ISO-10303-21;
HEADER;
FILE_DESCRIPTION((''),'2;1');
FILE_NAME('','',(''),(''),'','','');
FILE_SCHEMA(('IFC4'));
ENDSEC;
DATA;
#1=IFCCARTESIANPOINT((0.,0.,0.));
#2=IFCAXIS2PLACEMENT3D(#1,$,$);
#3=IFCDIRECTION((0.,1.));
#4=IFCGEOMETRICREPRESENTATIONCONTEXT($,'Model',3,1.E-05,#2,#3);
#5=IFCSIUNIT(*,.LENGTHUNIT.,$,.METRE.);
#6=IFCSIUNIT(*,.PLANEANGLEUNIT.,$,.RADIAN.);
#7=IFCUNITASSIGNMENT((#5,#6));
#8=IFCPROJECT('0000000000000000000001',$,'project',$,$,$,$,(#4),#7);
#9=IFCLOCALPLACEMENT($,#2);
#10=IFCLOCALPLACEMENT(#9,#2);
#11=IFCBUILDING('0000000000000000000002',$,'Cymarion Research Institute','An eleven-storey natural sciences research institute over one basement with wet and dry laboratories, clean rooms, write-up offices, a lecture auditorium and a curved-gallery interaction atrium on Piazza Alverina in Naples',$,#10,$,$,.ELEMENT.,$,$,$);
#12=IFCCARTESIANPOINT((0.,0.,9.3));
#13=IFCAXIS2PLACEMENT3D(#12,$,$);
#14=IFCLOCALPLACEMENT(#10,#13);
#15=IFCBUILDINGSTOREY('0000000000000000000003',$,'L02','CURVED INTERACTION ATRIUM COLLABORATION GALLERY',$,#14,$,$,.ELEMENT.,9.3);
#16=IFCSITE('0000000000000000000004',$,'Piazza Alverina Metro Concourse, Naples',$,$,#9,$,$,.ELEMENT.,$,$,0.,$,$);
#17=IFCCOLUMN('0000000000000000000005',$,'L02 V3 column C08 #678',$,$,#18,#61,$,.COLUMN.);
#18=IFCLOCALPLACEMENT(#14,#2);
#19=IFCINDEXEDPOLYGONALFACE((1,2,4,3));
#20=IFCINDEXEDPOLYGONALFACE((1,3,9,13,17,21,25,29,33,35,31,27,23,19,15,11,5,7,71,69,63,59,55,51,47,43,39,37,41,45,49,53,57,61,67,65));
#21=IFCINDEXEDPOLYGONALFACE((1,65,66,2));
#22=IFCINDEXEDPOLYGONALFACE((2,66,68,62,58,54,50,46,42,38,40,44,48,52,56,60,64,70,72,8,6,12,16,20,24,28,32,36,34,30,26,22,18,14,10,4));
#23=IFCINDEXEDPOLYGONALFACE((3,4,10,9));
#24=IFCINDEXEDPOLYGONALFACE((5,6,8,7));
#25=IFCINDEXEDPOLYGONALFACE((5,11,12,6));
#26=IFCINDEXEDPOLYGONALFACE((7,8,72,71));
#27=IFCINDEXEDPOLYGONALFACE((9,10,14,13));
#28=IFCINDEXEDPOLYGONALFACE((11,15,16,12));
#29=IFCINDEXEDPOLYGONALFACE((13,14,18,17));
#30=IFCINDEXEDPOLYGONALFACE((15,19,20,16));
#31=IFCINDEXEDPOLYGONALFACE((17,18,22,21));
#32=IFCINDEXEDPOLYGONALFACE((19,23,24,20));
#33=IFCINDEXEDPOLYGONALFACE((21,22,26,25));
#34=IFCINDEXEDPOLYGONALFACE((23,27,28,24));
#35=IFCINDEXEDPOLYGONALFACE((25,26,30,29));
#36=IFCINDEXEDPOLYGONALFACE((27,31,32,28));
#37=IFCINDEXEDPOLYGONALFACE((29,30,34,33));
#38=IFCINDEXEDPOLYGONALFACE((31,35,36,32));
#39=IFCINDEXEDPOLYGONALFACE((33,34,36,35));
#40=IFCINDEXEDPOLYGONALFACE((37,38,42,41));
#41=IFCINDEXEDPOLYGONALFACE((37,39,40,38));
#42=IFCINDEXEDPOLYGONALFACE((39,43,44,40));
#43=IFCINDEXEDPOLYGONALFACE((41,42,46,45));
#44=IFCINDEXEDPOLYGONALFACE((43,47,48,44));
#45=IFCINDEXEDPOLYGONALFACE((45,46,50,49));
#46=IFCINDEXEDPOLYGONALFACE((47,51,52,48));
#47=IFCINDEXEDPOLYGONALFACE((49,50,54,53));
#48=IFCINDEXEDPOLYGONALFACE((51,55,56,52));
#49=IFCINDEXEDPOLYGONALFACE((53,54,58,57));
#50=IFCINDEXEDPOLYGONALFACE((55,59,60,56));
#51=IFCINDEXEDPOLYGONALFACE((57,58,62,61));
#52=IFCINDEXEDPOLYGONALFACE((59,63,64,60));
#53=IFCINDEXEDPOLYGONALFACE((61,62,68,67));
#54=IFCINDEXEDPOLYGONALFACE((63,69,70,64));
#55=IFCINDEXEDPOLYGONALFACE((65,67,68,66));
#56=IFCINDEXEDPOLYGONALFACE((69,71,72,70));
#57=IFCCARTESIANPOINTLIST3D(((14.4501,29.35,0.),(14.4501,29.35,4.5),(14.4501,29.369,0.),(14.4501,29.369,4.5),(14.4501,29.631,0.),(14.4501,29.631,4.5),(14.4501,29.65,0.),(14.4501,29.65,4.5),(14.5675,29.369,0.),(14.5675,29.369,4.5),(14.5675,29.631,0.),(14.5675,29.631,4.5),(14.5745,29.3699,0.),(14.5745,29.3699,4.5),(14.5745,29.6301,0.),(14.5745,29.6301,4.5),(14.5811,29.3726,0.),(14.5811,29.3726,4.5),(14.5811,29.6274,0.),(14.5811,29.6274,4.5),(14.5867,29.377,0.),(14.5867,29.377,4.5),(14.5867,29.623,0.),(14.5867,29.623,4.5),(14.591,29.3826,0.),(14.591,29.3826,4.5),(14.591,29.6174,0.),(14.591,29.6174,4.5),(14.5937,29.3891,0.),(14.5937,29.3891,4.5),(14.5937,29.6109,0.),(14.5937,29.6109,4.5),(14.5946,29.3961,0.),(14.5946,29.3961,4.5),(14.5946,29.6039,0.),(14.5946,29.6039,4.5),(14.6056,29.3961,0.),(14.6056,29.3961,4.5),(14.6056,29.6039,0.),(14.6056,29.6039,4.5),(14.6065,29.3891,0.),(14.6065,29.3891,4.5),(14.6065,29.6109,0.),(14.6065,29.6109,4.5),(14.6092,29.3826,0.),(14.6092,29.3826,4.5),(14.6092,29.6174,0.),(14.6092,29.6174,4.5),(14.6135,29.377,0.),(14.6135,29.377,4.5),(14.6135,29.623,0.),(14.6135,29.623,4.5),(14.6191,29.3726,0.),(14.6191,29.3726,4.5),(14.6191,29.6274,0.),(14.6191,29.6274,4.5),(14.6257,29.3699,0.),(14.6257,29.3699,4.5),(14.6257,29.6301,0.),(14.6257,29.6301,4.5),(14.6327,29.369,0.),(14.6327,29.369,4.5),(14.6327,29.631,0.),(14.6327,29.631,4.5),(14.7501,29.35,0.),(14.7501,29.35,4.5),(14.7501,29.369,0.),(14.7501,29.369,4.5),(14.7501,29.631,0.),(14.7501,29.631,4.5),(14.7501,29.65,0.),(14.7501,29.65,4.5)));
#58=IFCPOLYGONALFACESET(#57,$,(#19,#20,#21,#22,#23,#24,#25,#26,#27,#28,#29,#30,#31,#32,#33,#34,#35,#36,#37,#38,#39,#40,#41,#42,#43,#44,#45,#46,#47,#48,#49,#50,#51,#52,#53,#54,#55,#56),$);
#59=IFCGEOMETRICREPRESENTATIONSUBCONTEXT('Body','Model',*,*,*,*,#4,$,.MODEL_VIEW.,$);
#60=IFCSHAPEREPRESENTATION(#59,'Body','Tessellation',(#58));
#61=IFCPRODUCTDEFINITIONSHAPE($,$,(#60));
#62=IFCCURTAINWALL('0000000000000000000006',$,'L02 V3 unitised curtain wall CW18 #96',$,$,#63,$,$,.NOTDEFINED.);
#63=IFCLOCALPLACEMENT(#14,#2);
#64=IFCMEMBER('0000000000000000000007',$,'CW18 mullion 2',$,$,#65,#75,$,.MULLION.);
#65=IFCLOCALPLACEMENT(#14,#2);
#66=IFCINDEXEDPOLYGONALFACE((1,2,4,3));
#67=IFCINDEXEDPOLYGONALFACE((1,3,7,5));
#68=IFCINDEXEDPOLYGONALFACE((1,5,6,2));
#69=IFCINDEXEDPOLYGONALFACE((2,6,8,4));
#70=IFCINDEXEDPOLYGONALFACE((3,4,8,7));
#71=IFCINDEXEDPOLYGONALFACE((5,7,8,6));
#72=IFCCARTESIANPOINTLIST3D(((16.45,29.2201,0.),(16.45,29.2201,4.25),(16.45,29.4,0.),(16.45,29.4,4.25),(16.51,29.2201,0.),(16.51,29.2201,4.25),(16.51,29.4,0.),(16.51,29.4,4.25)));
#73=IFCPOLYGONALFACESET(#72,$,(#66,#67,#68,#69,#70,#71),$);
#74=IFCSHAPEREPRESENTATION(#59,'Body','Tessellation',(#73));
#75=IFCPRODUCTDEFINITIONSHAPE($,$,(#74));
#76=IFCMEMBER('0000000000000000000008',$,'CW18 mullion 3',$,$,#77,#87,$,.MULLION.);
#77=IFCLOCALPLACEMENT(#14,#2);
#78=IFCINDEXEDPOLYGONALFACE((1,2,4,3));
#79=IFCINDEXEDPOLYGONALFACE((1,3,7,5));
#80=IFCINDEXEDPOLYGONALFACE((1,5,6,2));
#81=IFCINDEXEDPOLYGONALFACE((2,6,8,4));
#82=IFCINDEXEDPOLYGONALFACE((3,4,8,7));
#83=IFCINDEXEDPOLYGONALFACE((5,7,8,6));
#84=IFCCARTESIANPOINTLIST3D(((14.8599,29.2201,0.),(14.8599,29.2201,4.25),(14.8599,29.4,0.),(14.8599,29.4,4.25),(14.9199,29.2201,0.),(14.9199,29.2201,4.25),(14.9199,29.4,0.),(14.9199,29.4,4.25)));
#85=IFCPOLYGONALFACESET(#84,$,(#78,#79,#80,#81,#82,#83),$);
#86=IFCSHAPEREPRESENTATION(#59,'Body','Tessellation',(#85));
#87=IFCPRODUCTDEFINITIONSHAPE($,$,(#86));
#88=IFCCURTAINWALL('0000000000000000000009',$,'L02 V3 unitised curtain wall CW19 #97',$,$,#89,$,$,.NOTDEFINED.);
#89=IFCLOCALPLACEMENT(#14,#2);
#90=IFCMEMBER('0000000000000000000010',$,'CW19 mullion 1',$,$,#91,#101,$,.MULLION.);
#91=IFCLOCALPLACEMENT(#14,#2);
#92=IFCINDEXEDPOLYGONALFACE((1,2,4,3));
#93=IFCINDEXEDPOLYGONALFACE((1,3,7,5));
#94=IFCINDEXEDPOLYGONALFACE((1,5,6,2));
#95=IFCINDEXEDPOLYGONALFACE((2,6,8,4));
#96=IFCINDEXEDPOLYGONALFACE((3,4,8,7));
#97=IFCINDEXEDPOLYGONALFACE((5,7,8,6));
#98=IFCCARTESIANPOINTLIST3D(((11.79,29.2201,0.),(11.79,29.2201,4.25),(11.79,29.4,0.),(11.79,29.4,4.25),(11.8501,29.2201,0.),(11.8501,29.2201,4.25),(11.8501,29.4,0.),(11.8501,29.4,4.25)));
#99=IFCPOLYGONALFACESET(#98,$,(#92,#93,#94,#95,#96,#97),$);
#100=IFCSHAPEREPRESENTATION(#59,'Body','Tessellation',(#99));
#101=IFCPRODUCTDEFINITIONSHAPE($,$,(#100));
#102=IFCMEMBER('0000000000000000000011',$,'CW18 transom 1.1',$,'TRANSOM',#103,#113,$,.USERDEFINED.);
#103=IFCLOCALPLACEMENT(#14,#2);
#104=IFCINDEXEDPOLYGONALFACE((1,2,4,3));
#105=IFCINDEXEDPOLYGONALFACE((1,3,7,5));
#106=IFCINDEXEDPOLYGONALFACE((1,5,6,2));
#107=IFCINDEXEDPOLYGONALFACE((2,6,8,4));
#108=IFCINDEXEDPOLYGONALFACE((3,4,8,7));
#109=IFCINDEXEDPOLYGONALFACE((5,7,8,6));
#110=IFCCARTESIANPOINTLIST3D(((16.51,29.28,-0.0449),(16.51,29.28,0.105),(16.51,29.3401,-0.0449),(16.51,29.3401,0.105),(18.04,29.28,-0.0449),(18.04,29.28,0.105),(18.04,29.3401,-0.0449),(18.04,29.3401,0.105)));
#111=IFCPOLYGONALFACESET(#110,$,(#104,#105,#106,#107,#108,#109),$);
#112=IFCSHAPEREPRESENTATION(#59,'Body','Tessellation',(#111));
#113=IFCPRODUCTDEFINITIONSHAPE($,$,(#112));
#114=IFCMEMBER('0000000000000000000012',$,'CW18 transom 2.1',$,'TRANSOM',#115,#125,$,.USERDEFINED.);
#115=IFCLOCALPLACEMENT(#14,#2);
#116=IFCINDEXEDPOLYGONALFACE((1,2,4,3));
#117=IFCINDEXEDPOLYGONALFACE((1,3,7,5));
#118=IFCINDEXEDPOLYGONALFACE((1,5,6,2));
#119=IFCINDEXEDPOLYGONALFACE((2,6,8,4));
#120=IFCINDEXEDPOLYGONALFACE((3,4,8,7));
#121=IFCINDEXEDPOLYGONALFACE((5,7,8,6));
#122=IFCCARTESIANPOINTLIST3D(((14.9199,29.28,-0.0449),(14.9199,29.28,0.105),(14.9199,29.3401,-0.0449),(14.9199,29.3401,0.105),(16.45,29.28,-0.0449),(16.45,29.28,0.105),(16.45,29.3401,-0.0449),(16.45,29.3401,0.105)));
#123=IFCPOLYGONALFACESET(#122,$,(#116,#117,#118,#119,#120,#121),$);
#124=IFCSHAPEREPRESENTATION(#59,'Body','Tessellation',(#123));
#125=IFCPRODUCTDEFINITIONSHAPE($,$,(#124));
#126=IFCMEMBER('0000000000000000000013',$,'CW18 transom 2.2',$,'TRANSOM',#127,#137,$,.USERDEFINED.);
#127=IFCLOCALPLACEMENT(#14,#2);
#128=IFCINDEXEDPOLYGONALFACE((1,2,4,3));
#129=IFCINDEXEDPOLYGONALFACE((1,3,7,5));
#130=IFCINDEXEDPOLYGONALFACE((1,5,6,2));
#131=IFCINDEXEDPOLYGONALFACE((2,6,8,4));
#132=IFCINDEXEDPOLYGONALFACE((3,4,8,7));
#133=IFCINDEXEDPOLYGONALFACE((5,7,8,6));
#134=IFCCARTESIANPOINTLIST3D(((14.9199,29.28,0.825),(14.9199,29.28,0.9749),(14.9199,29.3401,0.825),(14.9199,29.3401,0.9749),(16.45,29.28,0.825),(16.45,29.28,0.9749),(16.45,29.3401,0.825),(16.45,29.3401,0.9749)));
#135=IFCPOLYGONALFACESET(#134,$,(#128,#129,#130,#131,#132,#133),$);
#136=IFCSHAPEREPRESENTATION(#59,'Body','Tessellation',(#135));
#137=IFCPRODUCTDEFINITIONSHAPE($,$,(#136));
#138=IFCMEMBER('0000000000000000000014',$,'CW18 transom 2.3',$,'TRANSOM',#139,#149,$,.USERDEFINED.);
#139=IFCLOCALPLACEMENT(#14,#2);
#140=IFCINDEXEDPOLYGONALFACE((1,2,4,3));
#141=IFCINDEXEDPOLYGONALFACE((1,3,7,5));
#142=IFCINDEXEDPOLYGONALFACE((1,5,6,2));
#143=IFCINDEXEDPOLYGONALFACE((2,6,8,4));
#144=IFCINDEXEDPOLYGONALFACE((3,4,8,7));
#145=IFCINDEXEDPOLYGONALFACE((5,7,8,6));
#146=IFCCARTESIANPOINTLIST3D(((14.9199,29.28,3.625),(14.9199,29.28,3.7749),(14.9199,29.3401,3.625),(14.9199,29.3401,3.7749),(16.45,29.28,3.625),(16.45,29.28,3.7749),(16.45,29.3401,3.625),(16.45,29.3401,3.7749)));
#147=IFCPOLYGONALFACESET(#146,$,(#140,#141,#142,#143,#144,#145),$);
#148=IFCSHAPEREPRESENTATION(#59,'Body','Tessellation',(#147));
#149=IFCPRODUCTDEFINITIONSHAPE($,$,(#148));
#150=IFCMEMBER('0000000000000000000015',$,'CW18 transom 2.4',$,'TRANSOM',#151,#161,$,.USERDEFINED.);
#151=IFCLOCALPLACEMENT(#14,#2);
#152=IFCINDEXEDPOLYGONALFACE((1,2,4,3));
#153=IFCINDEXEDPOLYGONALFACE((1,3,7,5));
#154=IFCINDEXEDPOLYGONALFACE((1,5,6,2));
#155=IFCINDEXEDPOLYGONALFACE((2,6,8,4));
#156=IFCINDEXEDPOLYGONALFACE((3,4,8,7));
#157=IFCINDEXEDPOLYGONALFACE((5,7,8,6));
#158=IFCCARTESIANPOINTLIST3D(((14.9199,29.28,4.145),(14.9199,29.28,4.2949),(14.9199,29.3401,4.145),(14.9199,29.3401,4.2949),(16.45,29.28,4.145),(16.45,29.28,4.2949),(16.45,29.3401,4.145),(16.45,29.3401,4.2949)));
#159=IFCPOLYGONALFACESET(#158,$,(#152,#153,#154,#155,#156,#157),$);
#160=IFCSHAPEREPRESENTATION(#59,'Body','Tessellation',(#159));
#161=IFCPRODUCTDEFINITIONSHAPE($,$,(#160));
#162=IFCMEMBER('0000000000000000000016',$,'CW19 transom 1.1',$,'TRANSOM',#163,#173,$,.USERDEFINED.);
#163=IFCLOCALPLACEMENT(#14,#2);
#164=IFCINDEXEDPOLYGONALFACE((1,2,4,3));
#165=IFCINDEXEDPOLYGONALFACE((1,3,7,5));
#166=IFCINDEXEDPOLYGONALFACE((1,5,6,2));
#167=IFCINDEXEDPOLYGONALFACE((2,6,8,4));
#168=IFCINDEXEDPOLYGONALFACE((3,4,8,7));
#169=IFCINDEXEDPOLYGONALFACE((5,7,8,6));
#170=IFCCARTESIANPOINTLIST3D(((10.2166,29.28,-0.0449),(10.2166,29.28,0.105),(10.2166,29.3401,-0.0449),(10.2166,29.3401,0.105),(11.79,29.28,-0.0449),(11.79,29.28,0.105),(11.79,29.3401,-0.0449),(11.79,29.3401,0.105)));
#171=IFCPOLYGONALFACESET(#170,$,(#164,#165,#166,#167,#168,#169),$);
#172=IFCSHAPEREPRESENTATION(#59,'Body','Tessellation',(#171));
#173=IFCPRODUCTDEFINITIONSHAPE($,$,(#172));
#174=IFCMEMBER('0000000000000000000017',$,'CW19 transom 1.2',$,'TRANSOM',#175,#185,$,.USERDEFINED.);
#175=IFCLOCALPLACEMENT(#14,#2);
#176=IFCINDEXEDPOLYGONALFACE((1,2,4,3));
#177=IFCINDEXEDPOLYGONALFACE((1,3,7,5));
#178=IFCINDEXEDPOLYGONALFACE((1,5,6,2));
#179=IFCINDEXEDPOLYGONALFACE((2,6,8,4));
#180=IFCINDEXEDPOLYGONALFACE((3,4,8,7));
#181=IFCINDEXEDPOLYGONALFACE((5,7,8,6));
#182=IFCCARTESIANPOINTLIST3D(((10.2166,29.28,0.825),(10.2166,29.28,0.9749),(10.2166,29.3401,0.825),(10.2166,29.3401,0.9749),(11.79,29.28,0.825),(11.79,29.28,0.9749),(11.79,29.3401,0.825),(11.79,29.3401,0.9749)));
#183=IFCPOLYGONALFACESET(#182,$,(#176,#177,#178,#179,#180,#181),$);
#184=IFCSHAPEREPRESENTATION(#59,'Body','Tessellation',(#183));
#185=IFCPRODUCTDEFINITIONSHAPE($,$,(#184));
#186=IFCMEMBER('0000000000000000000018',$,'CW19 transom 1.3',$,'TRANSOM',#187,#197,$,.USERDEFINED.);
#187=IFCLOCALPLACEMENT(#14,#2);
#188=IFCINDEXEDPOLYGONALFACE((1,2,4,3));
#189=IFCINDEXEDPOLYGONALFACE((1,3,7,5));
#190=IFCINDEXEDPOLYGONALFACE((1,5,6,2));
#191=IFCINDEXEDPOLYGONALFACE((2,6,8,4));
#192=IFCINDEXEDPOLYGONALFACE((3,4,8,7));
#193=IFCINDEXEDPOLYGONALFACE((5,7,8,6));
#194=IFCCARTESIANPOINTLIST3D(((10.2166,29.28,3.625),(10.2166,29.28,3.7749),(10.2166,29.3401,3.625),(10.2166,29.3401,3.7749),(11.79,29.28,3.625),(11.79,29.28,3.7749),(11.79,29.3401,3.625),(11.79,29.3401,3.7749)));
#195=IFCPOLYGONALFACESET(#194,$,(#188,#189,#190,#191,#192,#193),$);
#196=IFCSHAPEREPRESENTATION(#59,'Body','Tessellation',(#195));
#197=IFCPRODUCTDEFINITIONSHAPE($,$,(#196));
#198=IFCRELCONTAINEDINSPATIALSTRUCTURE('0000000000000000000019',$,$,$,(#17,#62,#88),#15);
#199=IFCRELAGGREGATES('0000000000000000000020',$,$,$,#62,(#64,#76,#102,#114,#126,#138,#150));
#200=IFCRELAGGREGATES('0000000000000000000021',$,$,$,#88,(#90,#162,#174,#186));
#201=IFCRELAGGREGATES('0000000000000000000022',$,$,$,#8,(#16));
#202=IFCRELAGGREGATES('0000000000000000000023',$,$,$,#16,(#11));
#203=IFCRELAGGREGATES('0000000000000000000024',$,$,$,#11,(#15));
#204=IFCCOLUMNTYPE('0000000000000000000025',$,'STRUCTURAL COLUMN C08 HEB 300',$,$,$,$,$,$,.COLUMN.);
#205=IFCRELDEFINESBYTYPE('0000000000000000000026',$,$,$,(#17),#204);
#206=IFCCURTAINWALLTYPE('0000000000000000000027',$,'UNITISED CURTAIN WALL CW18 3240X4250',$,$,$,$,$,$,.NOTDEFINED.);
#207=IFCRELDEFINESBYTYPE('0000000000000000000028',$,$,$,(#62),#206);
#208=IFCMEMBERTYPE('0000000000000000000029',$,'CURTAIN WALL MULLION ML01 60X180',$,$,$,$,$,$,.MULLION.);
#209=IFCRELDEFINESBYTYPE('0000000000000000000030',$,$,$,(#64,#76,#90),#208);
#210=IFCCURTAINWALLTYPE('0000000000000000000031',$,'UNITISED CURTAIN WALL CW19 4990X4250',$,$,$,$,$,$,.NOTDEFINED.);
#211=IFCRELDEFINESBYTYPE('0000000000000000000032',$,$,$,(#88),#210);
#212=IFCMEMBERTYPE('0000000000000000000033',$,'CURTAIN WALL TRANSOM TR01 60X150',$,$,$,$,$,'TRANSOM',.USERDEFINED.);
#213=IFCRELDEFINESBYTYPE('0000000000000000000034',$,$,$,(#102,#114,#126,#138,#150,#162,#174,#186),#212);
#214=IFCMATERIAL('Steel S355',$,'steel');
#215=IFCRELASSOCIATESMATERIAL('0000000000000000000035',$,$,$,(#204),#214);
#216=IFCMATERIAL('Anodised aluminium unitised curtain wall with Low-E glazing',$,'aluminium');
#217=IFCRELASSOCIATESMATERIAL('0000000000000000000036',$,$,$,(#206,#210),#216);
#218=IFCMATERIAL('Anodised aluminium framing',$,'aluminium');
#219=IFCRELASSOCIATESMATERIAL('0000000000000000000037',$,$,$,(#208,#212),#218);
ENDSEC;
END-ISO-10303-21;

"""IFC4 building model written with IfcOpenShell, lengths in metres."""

from ifc_helpers import new_model, si_unit, direction, frame, origin, origin_2d, place, context, subcontext, project, spatial, rectangle, i_section, extrude, material, material_profile, profile_set, type_object, element, aggregate, save


model = new_model("IFC4")

# Units and contexts
model_context = context("Model", 3, precision=1e-05, world=origin(), true_north=direction((0.0, 1.0)))
body_context = subcontext(model_context, "Body", "Model", "MODEL_VIEW")
ifc_project = project(units=[si_unit("LENGTHUNIT", "METRE"), si_unit("PLANEANGLEUNIT", "RADIAN")], contexts=[model_context])

# Site, building, storey
site_placement = place(None, origin())
site = spatial("IfcSite", under=ifc_project, at=site_placement, Name="Piazza Alverina Metro Concourse, Naples", CompositionType="ELEMENT", RefElevation=0.0)
building_placement = place(site_placement, origin())
building = spatial("IfcBuilding", under=site, at=building_placement, Name="Cymarion Research Institute", Description="An eleven-storey natural sciences research institute over one basement with wet and dry laboratories, clean rooms, write-up offices, a lecture auditorium and a curved-gallery interaction atrium on Piazza Alverina in Naples", CompositionType="ELEMENT")
storey_placement = place(building_placement, frame((0.0, 0.0, 9.3)))
storey = spatial("IfcBuildingStorey", under=building, at=storey_placement, Name="L02", Description="CURVED INTERACTION ATRIUM COLLABORATION GALLERY", CompositionType="ELEMENT", Elevation=9.3)

# Column
ifc_material_1 = material(Name="Steel S355", Category="steel")
ifc_material_profile_1 = material_profile(ifc_material_1, i_section(OverallWidth=0.3, OverallDepth=0.3, WebThickness=0.011, FlangeThickness=0.019, FilletRadius=0.0271, at=origin_2d()), Name="HEB 300")
ifc_profile_set_1 = profile_set([ifc_material_profile_1], Name="Steel S355")
column_type = type_object("IfcColumnType", Name="STRUCTURAL COLUMN C08 HEB 300", PredefinedType="COLUMN", material=ifc_profile_set_1)
column_placement = place(storey_placement, frame((14.6001, 29.5, 0.0), z_axis=(0.0, 0.0, 1.0), x_axis=(1.0, 0.0, 0.0)))
element("IfcColumn", 1, at=column_placement, inside=storey, type_object=column_type, Name="L02 V3 column C08 #678", PredefinedType="COLUMN", context=body_context, shape_type="SweptSolid", body=[
    extrude(i_section(OverallWidth=0.3, OverallDepth=0.3, WebThickness=0.011, FlangeThickness=0.019, FilletRadius=0.0271, at=origin_2d()), origin(), (0.0, 0.0, 1.0), 4.5),
])

# Curtain wall, members
ifc_material_2 = material(Name="Anodised aluminium unitised curtain wall with Low-E glazing", Category="aluminium")
curtain_wall_type_1 = type_object("IfcCurtainWallType", Name="UNITISED CURTAIN WALL CW18 3240X4250", PredefinedType="NOTDEFINED", material=ifc_material_2)
curtain_wall_1_placement = place(storey_placement, origin())
curtain_wall_1 = element("IfcCurtainWall", 2, at=curtain_wall_1_placement, inside=storey, type_object=curtain_wall_type_1, Name="L02 V3 unitised curtain wall CW18 #96", PredefinedType="NOTDEFINED")
ifc_material_3 = material(Name="Anodised aluminium framing", Category="aluminium")
ifc_material_profile_2 = material_profile(ifc_material_3, rectangle(XDim=0.0601, YDim=0.1799, at=origin_2d()), Name="ALU MULLION 60x180")
ifc_profile_set_2 = profile_set([ifc_material_profile_2], Name="Anodised aluminium framing")
member_type_1 = type_object("IfcMemberType", Name="CURTAIN WALL MULLION ML01 60X180", PredefinedType="MULLION", material=ifc_profile_set_2)
member_1_placement = place(storey_placement, frame((16.48, 29.3101, 0.0), z_axis=(0.0, 0.0, 1.0), x_axis=(-1.0, 0.0, 0.0)))
member_1 = element("IfcMember", 3, at=member_1_placement, type_object=member_type_1, Name="CW18 mullion 2", PredefinedType="MULLION", context=body_context, shape_type="SweptSolid", body=[
    extrude(rectangle(XDim=0.0601, YDim=0.1799, at=origin_2d()), origin(), (0.0, 0.0, 1.0), 4.25),
])
member_2_placement = place(storey_placement, frame((14.8899, 29.3101, 0.0), z_axis=(0.0, 0.0, 1.0), x_axis=(-1.0, 0.0, 0.0)))
member_2 = element("IfcMember", 4, at=member_2_placement, type_object=member_type_1, Name="CW18 mullion 3", PredefinedType="MULLION", context=body_context, shape_type="SweptSolid", body=[
    extrude(rectangle(XDim=0.0601, YDim=0.1799, at=origin_2d()), origin(), (0.0, 0.0, 1.0), 4.25),
])

# Curtain wall, member
curtain_wall_type_2 = type_object("IfcCurtainWallType", Name="UNITISED CURTAIN WALL CW19 4990X4250", PredefinedType="NOTDEFINED", material=ifc_material_2)
curtain_wall_2_placement = place(storey_placement, origin())
curtain_wall_2 = element("IfcCurtainWall", 5, at=curtain_wall_2_placement, inside=storey, type_object=curtain_wall_type_2, Name="L02 V3 unitised curtain wall CW19 #97", PredefinedType="NOTDEFINED")
member_3_placement = place(storey_placement, frame((11.8201, 29.3101, 0.0), z_axis=(0.0, 0.0, 1.0), x_axis=(-1.0, 0.0, 0.0)))
member_3 = element("IfcMember", 6, at=member_3_placement, type_object=member_type_1, Name="CW19 mullion 1", PredefinedType="MULLION", context=body_context, shape_type="SweptSolid", body=[
    extrude(rectangle(XDim=0.0601, YDim=0.1799, at=origin_2d()), origin(), (0.0, 0.0, 1.0), 4.25),
])

# Members
ifc_material_profile_3 = material_profile(ifc_material_3, rectangle(XDim=0.0601, YDim=0.1499, at=origin_2d()), Name="ALU TRANSOM 60x150")
ifc_profile_set_3 = profile_set([ifc_material_profile_3], Name="Anodised aluminium framing")
member_type_2 = type_object("IfcMemberType", Name="CURTAIN WALL TRANSOM TR01 60X150", ElementType="TRANSOM", PredefinedType="USERDEFINED", material=ifc_profile_set_3)
member_4_placement = place(storey_placement, frame((18.04, 29.3101, 0.03), z_axis=(-1.0, 0.0, 0.0), x_axis=(0.0, -1.0, 0.0)))
member_4 = element("IfcMember", 7, at=member_4_placement, type_object=member_type_2, Name="CW18 transom 1.1", ObjectType="TRANSOM", PredefinedType="USERDEFINED", context=body_context, shape_type="SweptSolid", body=[
    extrude(rectangle(XDim=0.0601, YDim=0.1499, at=origin_2d()), origin(), (0.0, 0.0, 1.0), 1.53),
])
member_5_placement = place(storey_placement, frame((16.45, 29.3101, 0.03), z_axis=(-1.0, 0.0, 0.0), x_axis=(0.0, -1.0, 0.0)))
member_5 = element("IfcMember", 8, at=member_5_placement, type_object=member_type_2, Name="CW18 transom 2.1", ObjectType="TRANSOM", PredefinedType="USERDEFINED", context=body_context, shape_type="SweptSolid", body=[
    extrude(rectangle(XDim=0.0601, YDim=0.1499, at=origin_2d()), origin(), (0.0, 0.0, 1.0), 1.53),
])
member_6_placement = place(storey_placement, frame((16.45, 29.3101, 0.8999), z_axis=(-1.0, 0.0, 0.0), x_axis=(0.0, -1.0, 0.0)))
member_6 = element("IfcMember", 9, at=member_6_placement, type_object=member_type_2, Name="CW18 transom 2.2", ObjectType="TRANSOM", PredefinedType="USERDEFINED", context=body_context, shape_type="SweptSolid", body=[
    extrude(rectangle(XDim=0.0601, YDim=0.1499, at=origin_2d()), origin(), (0.0, 0.0, 1.0), 1.53),
])
member_7_placement = place(storey_placement, frame((16.45, 29.3101, 3.7), z_axis=(-1.0, 0.0, 0.0), x_axis=(0.0, -1.0, 0.0)))
member_7 = element("IfcMember", 10, at=member_7_placement, type_object=member_type_2, Name="CW18 transom 2.3", ObjectType="TRANSOM", PredefinedType="USERDEFINED", context=body_context, shape_type="SweptSolid", body=[
    extrude(rectangle(XDim=0.0601, YDim=0.1499, at=origin_2d()), origin(), (0.0, 0.0, 1.0), 1.53),
])
member_8_placement = place(storey_placement, frame((16.45, 29.3101, 4.22), z_axis=(-1.0, 0.0, 0.0), x_axis=(0.0, -1.0, 0.0)))
member_8 = element("IfcMember", 11, at=member_8_placement, type_object=member_type_2, Name="CW18 transom 2.4", ObjectType="TRANSOM", PredefinedType="USERDEFINED", context=body_context, shape_type="SweptSolid", body=[
    extrude(rectangle(XDim=0.0601, YDim=0.1499, at=origin_2d()), origin(), (0.0, 0.0, 1.0), 1.53),
])
member_9_placement = place(storey_placement, frame((11.79, 29.3101, 0.03), z_axis=(-1.0, 0.0, 0.0), x_axis=(0.0, -1.0, 0.0)))
member_9 = element("IfcMember", 12, at=member_9_placement, type_object=member_type_2, Name="CW19 transom 1.1", ObjectType="TRANSOM", PredefinedType="USERDEFINED", context=body_context, shape_type="SweptSolid", body=[
    extrude(rectangle(XDim=0.0601, YDim=0.1499, at=origin_2d()), origin(), (0.0, 0.0, 1.0), 1.5735),
])
member_10_placement = place(storey_placement, frame((11.79, 29.3101, 0.8999), z_axis=(-1.0, 0.0, 0.0), x_axis=(0.0, -1.0, 0.0)))
member_10 = element("IfcMember", 13, at=member_10_placement, type_object=member_type_2, Name="CW19 transom 1.2", ObjectType="TRANSOM", PredefinedType="USERDEFINED", context=body_context, shape_type="SweptSolid", body=[
    extrude(rectangle(XDim=0.0601, YDim=0.1499, at=origin_2d()), origin(), (0.0, 0.0, 1.0), 1.5735),
])
member_11_placement = place(storey_placement, frame((11.79, 29.3101, 3.7), z_axis=(-1.0, 0.0, 0.0), x_axis=(0.0, -1.0, 0.0)))
member_11 = element("IfcMember", 14, at=member_11_placement, type_object=member_type_2, Name="CW19 transom 1.3", ObjectType="TRANSOM", PredefinedType="USERDEFINED", context=body_context, shape_type="SweptSolid", body=[
    extrude(rectangle(XDim=0.0601, YDim=0.1499, at=origin_2d()), origin(), (0.0, 0.0, 1.0), 1.5735),
])

aggregate(curtain_wall_1, [member_1, member_2, member_4, member_5, member_6, member_7, member_8])
aggregate(curtain_wall_2, [member_3, member_9, member_10, member_11])

save(model, "model.ifc")
